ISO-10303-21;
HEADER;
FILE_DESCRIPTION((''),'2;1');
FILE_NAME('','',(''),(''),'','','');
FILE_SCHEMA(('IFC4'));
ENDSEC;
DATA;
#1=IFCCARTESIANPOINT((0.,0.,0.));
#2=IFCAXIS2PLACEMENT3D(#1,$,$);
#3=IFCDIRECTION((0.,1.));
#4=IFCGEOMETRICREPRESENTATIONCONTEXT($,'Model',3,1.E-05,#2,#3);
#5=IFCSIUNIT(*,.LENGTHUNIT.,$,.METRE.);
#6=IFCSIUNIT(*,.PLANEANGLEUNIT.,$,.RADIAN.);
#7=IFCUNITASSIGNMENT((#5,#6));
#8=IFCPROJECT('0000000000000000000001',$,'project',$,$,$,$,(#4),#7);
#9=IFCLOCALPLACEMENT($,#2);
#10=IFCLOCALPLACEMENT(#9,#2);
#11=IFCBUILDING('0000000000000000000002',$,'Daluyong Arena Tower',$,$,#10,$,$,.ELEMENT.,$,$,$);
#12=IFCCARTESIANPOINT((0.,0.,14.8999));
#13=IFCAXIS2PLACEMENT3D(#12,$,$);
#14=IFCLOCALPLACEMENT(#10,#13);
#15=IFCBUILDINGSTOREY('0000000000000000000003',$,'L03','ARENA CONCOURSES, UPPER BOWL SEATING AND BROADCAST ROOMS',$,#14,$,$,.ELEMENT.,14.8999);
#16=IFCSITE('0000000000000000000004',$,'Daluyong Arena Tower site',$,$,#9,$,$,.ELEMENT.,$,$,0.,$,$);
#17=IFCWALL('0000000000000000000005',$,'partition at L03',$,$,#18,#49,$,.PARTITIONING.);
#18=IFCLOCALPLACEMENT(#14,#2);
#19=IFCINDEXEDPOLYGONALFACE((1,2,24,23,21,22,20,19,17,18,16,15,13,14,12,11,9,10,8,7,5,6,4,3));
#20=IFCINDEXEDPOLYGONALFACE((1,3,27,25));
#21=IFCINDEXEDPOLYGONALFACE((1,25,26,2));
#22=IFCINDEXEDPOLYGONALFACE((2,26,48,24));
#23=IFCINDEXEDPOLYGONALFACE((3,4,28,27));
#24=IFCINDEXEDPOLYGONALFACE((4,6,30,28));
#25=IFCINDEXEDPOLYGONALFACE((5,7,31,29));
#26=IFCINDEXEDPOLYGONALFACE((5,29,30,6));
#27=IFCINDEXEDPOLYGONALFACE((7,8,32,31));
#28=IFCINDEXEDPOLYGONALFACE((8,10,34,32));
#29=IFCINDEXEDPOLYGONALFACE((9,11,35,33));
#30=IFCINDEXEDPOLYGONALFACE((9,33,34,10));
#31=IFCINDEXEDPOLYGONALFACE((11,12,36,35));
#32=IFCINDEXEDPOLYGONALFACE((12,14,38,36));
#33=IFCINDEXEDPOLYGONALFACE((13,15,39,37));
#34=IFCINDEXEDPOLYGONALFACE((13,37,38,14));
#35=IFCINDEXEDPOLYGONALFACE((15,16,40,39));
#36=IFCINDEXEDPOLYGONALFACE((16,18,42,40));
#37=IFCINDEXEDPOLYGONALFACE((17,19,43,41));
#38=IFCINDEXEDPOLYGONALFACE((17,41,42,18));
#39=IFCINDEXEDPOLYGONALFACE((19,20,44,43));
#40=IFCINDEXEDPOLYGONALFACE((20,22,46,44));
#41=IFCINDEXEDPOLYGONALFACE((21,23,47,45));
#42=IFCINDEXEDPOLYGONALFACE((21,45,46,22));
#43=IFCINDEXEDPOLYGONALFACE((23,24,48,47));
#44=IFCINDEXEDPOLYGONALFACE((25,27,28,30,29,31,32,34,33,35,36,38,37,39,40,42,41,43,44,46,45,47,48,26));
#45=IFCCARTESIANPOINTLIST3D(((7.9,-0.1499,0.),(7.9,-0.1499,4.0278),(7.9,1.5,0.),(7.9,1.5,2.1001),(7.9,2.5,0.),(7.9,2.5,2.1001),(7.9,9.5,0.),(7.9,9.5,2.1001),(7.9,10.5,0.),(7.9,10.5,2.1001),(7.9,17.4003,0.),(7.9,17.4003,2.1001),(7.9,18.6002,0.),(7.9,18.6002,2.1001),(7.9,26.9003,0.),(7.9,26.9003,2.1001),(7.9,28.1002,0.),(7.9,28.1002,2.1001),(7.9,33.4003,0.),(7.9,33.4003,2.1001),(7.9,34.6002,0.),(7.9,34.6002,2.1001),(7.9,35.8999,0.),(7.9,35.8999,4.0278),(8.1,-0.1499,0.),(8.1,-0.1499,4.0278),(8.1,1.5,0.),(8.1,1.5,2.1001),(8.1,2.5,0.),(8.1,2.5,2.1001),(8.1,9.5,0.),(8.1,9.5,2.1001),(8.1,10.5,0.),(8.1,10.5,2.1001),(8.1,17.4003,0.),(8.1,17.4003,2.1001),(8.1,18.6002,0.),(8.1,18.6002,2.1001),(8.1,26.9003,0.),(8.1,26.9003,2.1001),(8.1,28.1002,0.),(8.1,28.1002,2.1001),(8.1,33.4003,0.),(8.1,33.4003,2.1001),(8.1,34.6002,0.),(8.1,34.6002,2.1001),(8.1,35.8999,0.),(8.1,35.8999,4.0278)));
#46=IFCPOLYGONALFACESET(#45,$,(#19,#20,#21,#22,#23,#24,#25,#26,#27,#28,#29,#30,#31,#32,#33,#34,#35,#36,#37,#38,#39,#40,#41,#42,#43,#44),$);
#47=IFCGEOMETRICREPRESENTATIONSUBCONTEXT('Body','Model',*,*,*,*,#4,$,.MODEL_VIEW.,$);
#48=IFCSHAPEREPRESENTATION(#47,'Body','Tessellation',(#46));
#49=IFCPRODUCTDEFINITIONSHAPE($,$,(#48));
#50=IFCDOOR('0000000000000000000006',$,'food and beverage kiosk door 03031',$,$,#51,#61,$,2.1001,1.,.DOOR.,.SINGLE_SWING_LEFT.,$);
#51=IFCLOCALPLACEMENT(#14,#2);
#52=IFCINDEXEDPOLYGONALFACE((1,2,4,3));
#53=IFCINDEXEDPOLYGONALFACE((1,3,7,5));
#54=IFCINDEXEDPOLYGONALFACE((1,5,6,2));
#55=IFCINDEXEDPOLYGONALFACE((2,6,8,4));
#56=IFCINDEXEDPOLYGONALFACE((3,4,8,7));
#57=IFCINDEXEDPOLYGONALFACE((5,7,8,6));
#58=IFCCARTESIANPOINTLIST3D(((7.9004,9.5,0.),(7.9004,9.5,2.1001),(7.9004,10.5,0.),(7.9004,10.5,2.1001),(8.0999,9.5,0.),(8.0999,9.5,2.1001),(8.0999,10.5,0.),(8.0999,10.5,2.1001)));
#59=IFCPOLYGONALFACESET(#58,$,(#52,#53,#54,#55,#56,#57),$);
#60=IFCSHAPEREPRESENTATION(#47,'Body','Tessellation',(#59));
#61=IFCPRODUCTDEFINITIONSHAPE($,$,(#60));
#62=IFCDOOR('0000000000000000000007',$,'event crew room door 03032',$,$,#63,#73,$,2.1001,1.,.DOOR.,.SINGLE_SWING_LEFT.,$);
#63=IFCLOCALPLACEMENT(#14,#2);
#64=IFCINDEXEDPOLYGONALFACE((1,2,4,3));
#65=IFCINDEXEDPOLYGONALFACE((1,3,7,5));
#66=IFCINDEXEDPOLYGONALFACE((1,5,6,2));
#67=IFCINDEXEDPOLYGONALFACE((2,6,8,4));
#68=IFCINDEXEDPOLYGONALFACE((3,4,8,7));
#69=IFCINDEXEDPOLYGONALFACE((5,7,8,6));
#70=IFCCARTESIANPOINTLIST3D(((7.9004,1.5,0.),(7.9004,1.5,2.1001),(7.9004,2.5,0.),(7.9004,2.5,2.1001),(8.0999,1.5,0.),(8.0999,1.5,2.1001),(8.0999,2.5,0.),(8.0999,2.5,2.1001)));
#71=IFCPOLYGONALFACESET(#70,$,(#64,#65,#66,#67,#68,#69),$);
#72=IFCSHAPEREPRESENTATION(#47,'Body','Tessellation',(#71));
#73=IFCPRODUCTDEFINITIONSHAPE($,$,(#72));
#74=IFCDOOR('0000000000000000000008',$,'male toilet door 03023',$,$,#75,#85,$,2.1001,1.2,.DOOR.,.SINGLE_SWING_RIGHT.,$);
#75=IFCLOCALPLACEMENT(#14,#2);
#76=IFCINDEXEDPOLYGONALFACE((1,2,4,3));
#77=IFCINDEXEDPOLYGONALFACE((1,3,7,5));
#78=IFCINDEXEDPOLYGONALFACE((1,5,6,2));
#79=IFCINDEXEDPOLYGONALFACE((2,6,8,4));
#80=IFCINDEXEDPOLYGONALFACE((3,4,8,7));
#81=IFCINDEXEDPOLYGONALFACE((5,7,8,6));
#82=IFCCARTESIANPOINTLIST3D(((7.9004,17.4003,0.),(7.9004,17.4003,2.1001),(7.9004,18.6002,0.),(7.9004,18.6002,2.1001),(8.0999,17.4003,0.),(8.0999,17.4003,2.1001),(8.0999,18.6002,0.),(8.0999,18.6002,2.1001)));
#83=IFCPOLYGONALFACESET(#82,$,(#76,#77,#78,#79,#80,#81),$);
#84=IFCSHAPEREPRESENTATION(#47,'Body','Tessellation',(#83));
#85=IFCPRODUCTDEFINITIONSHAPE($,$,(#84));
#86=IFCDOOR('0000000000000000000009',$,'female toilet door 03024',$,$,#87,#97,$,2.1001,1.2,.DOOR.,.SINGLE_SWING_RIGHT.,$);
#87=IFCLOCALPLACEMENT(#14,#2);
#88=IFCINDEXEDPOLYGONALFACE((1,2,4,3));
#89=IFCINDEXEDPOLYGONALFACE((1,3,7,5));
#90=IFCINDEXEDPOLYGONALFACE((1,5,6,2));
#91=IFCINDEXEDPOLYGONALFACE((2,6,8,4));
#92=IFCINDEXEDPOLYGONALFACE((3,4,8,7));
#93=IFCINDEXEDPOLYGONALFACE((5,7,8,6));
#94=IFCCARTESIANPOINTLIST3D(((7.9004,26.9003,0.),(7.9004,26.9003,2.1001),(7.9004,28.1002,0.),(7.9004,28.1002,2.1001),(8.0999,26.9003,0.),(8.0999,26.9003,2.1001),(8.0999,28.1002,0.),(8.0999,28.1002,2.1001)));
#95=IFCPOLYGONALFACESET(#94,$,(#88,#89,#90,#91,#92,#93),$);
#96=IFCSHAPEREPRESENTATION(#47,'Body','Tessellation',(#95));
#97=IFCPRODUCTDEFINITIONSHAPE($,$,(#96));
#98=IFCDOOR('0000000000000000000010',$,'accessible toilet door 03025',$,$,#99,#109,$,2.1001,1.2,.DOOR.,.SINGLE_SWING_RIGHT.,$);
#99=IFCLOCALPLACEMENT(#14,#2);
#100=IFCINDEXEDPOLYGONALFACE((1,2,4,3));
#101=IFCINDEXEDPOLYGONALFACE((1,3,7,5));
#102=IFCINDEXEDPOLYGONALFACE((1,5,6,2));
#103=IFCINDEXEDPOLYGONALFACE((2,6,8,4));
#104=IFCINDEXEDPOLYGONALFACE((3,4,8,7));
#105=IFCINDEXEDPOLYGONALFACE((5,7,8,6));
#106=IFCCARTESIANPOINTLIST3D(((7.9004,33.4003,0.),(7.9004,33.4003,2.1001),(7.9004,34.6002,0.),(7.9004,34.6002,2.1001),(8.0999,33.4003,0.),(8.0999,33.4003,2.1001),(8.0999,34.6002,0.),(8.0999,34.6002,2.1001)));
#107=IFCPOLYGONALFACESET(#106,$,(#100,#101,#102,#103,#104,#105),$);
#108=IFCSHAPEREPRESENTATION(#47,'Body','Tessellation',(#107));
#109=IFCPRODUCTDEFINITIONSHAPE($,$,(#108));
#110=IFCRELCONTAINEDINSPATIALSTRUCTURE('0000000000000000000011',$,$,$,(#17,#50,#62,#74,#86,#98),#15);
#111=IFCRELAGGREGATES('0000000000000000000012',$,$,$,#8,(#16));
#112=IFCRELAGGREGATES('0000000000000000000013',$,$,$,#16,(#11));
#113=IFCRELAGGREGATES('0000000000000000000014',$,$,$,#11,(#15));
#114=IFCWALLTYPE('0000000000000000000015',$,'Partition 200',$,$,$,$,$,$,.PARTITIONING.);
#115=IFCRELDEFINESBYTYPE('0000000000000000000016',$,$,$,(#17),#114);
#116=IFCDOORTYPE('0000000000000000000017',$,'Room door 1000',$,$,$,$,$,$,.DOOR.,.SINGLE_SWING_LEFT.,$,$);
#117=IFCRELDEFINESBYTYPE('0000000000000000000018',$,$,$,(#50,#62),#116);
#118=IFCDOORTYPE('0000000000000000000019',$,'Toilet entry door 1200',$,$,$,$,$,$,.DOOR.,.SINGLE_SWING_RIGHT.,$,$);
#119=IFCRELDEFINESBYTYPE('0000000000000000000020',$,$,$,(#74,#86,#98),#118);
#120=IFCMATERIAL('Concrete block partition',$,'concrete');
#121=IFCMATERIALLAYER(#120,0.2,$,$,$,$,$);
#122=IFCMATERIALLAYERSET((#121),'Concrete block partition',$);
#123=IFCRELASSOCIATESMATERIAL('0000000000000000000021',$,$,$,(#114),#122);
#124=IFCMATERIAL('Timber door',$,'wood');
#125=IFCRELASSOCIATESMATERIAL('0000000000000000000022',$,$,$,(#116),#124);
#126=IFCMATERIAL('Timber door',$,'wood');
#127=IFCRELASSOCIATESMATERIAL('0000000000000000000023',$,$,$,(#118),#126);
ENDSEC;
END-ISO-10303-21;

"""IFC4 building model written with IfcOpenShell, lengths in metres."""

from ifc_helpers import new_model, si_unit, direction, frame, frame_2d, origin, place, context, subcontext, project, spatial, rectangle, extrude, material, layer, layer_set, type_object, element, fill, save


model = new_model("IFC4")

# Units and contexts
model_context = context("Model", 3, precision=1e-05, world=origin(), true_north=direction((0.0, 1.0)))
body_context = subcontext(model_context, "Body", "Model", "MODEL_VIEW")
ifc_project = project(units=[si_unit("LENGTHUNIT", "METRE"), si_unit("PLANEANGLEUNIT", "RADIAN")], contexts=[model_context])

# Site, building, storey
site_placement = place(None, origin())
site = spatial("IfcSite", under=ifc_project, at=site_placement, Name="Daluyong Arena Tower site", CompositionType="ELEMENT", RefElevation=0.0)
building_placement = place(site_placement, origin())
building = spatial("IfcBuilding", under=site, at=building_placement, Name="Daluyong Arena Tower", CompositionType="ELEMENT")
storey_placement = place(building_placement, frame((0.0, 0.0, 14.8999)))
storey = spatial("IfcBuildingStorey", under=building, at=storey_placement, Name="L03", Description="ARENA CONCOURSES, UPPER BOWL SEATING AND BROADCAST ROOMS", CompositionType="ELEMENT", Elevation=14.8999)

# Wall, openings, doors
ifc_material_1 = material(Name="Concrete block partition", Category="concrete")
ifc_layer = layer(ifc_material_1, 0.2)
ifc_layer_set = layer_set([ifc_layer], Name="Concrete block partition")
wall_type = type_object("IfcWallType", Name="Partition 200", PredefinedType="PARTITIONING", material=ifc_layer_set)
wall_placement = place(storey_placement, frame((8.0, -0.1499, 0.0), z_axis=(0.0, 0.0, 1.0), x_axis=(0.0, 1.0, 0.0)))
wall = element("IfcWall", 1, at=wall_placement, inside=storey, type_object=wall_type, Name="partition at L03", PredefinedType="PARTITIONING", context=body_context, shape_type="SweptSolid", body=[
    extrude(rectangle(XDim=36.0498, YDim=0.2, at=frame_2d((18.0249, 0.0))), origin(), (0.0, 0.0, 1.0), 4.0278),
])
opening_1_placement = place(wall_placement, frame((17.55, 0.0, 0.0)))
opening_1 = element("IfcOpeningElement", 2, at=opening_1_placement, cuts=wall, PredefinedType="OPENING", context=body_context, shape_type="SweptSolid", body=[
    extrude(rectangle(XDim=1.2, YDim=2.1001, at=frame_2d((0.6001, 1.05))), frame((0.0, 0.1099, 0.0), z_axis=(0.0, -1.0, 0.0), x_axis=(1.0, 0.0, 0.0)), (0.0, 0.0, 1.0), 0.22),
])
opening_2_placement = place(wall_placement, frame((27.05, 0.0, 0.0)))
opening_2 = element("IfcOpeningElement", 3, at=opening_2_placement, cuts=wall, PredefinedType="OPENING", context=body_context, shape_type="SweptSolid", body=[
    extrude(rectangle(XDim=1.2, YDim=2.1001, at=frame_2d((0.6001, 1.05))), frame((0.0, 0.1099, 0.0), z_axis=(0.0, -1.0, 0.0), x_axis=(1.0, 0.0, 0.0)), (0.0, 0.0, 1.0), 0.22),
])
opening_3_placement = place(wall_placement, frame((33.55, 0.0, 0.0)))
opening_3 = element("IfcOpeningElement", 4, at=opening_3_placement, cuts=wall, PredefinedType="OPENING", context=body_context, shape_type="SweptSolid", body=[
    extrude(rectangle(XDim=1.2, YDim=2.1001, at=frame_2d((0.6001, 1.05))), frame((0.0, 0.1099, 0.0), z_axis=(0.0, -1.0, 0.0), x_axis=(1.0, 0.0, 0.0)), (0.0, 0.0, 1.0), 0.22),
])
opening_4_placement = place(wall_placement, frame((9.6499, 0.0, 0.0)))
opening_4 = element("IfcOpeningElement", 5, at=opening_4_placement, cuts=wall, PredefinedType="OPENING", context=body_context, shape_type="SweptSolid", body=[
    extrude(rectangle(XDim=1.0, YDim=2.1001, at=frame_2d((0.5, 1.05))), frame((0.0, 0.1099, 0.0), z_axis=(0.0, -1.0, 0.0), x_axis=(1.0, 0.0, 0.0)), (0.0, 0.0, 1.0), 0.22),
])
opening_5_placement = place(wall_placement, frame((1.6499, 0.0, 0.0)))
opening_5 = element("IfcOpeningElement", 6, at=opening_5_placement, cuts=wall, PredefinedType="OPENING", context=body_context, shape_type="SweptSolid", body=[
    extrude(rectangle(XDim=1.0, YDim=2.1001, at=frame_2d((0.5, 1.05))), frame((0.0, 0.1099, 0.0), z_axis=(0.0, -1.0, 0.0), x_axis=(1.0, 0.0, 0.0)), (0.0, 0.0, 1.0), 0.22),
])
ifc_material_2 = material(Name="Timber door", Category="wood")
door_type_1 = type_object("IfcDoorType", Name="Room door 1000", OperationType="SINGLE_SWING_LEFT", PredefinedType="DOOR", material=ifc_material_2)
door_1_placement = place(opening_4_placement, origin())
door_1 = element("IfcDoor", 7, at=door_1_placement, inside=storey, type_object=door_type_1, Name="food and beverage kiosk door 03031", OperationType="SINGLE_SWING_LEFT", OverallHeight=2.1001, OverallWidth=1.0, PredefinedType="DOOR", context=body_context, shape_type="SweptSolid", body=[
    extrude(rectangle(XDim=1.0, YDim=2.1001, at=frame_2d((0.5, 1.05))), frame((0.0, 0.0996, 0.0), z_axis=(0.0, -1.0, 0.0), x_axis=(1.0, 0.0, 0.0)), (0.0, 0.0, 1.0), 0.1995),
])
fill(opening_4, door_1)
door_2_placement = place(opening_5_placement, origin())
door_2 = element("IfcDoor", 8, at=door_2_placement, inside=storey, type_object=door_type_1, Name="event crew room door 03032", OperationType="SINGLE_SWING_LEFT", OverallHeight=2.1001, OverallWidth=1.0, PredefinedType="DOOR", context=body_context, shape_type="SweptSolid", body=[
    extrude(rectangle(XDim=1.0, YDim=2.1001, at=frame_2d((0.5, 1.05))), frame((0.0, 0.0996, 0.0), z_axis=(0.0, -1.0, 0.0), x_axis=(1.0, 0.0, 0.0)), (0.0, 0.0, 1.0), 0.1995),
])
fill(opening_5, door_2)
ifc_material_3 = material(Name="Timber door", Category="wood")
door_type_2 = type_object("IfcDoorType", Name="Toilet entry door 1200", OperationType="SINGLE_SWING_RIGHT", PredefinedType="DOOR", material=ifc_material_3)
door_3_placement = place(opening_1_placement, origin())
door_3 = element("IfcDoor", 9, at=door_3_placement, inside=storey, type_object=door_type_2, Name="male toilet door 03023", OperationType="SINGLE_SWING_RIGHT", OverallHeight=2.1001, OverallWidth=1.2, PredefinedType="DOOR", context=body_context, shape_type="SweptSolid", body=[
    extrude(rectangle(XDim=1.2, YDim=2.1001, at=frame_2d((0.6001, 1.05))), frame((0.0, 0.0996, 0.0), z_axis=(0.0, -1.0, 0.0), x_axis=(1.0, 0.0, 0.0)), (0.0, 0.0, 1.0), 0.1995),
])
fill(opening_1, door_3)
door_4_placement = place(opening_2_placement, origin())
door_4 = element("IfcDoor", 10, at=door_4_placement, inside=storey, type_object=door_type_2, Name="female toilet door 03024", OperationType="SINGLE_SWING_RIGHT", OverallHeight=2.1001, OverallWidth=1.2, PredefinedType="DOOR", context=body_context, shape_type="SweptSolid", body=[
    extrude(rectangle(XDim=1.2, YDim=2.1001, at=frame_2d((0.6001, 1.05))), frame((0.0, 0.0996, 0.0), z_axis=(0.0, -1.0, 0.0), x_axis=(1.0, 0.0, 0.0)), (0.0, 0.0, 1.0), 0.1995),
])
fill(opening_2, door_4)
door_5_placement = place(opening_3_placement, origin())
door_5 = element("IfcDoor", 11, at=door_5_placement, inside=storey, type_object=door_type_2, Name="accessible toilet door 03025", OperationType="SINGLE_SWING_RIGHT", OverallHeight=2.1001, OverallWidth=1.2, PredefinedType="DOOR", context=body_context, shape_type="SweptSolid", body=[
    extrude(rectangle(XDim=1.2, YDim=2.1001, at=frame_2d((0.6001, 1.05))), frame((0.0, 0.0996, 0.0), z_axis=(0.0, -1.0, 0.0), x_axis=(1.0, 0.0, 0.0)), (0.0, 0.0, 1.0), 0.1995),
])
fill(opening_3, door_5)

save(model, "model.ifc")
